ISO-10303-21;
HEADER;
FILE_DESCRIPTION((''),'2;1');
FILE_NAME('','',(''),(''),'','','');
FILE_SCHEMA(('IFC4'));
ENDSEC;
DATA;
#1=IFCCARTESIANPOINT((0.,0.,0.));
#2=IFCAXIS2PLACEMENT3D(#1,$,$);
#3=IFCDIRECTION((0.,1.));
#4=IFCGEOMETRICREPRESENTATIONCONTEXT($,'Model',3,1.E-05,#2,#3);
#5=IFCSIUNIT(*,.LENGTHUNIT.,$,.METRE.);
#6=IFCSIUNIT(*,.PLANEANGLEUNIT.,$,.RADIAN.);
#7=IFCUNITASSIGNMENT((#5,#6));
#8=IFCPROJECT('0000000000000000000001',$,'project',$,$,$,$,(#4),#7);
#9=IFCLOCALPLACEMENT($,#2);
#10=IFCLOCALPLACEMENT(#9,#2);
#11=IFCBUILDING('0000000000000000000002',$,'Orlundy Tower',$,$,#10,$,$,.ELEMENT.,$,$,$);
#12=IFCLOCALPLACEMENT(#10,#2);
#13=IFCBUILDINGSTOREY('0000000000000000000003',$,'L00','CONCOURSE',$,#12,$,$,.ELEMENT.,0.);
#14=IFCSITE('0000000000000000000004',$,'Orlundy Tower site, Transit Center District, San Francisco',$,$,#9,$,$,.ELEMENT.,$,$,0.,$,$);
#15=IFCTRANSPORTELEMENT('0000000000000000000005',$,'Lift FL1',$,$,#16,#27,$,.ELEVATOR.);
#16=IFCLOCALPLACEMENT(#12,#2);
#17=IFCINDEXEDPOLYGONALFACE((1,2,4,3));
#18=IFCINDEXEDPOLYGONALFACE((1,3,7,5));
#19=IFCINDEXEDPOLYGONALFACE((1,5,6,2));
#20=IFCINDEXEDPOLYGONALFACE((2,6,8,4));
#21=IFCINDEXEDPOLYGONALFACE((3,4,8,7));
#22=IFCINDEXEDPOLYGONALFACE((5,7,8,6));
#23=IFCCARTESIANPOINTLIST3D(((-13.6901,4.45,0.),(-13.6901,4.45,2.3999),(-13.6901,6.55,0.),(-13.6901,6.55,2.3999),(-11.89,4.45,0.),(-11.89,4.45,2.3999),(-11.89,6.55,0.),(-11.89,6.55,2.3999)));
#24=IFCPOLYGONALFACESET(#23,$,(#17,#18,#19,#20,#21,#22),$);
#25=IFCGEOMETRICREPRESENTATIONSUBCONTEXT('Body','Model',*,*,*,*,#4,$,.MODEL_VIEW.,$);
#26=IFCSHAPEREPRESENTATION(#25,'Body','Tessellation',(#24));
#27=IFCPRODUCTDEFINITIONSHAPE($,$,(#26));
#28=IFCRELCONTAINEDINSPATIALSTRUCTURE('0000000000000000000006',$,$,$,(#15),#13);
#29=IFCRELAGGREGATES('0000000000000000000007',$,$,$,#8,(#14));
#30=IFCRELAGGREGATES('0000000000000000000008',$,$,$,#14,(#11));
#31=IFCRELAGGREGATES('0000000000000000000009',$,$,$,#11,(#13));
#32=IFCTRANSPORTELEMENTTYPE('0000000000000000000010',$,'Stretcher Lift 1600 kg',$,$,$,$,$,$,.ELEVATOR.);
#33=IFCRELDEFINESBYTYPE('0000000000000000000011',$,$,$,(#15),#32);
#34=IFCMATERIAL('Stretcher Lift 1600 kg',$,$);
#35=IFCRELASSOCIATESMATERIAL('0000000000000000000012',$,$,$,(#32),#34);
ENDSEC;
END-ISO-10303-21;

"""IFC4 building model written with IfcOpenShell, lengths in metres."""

from ifc_helpers import new_model, si_unit, direction, frame, origin, origin_2d, place, context, subcontext, project, spatial, rectangle, extrude, material, type_object, element, save


model = new_model("IFC4")

# Units and contexts
model_context = context("Model", 3, precision=1e-05, world=origin(), true_north=direction((0.0, 1.0)))
body_context = subcontext(model_context, "Body", "Model", "MODEL_VIEW")
ifc_project = project(units=[si_unit("LENGTHUNIT", "METRE"), si_unit("PLANEANGLEUNIT", "RADIAN")], contexts=[model_context])

# Site, building, storey
site_placement = place(None, origin())
site = spatial("IfcSite", under=ifc_project, at=site_placement, Name="Orlundy Tower site, Transit Center District, San Francisco", CompositionType="ELEMENT", RefElevation=0.0)
building_placement = place(site_placement, origin())
building = spatial("IfcBuilding", under=site, at=building_placement, Name="Orlundy Tower", CompositionType="ELEMENT")
storey_placement = place(building_placement, origin())
storey = spatial("IfcBuildingStorey", under=building, at=storey_placement, Name="L00", Description="CONCOURSE", CompositionType="ELEMENT", Elevation=0.0)

# Transport element
ifc_material_1 = material(Name="Stretcher Lift 1600 kg")
transport_element_type_1 = type_object("IfcTransportElementType", Name="Stretcher Lift 1600 kg", PredefinedType="ELEVATOR", material=ifc_material_1)
transport_element_placement = place(storey_placement, frame((-12.79, 5.5, 0.0), z_axis=(0.0, 0.0, 1.0), x_axis=(1.0, 0.0, 0.0)))
element("IfcTransportElement", 1, at=transport_element_placement, inside=storey, type_object=transport_element_type_1, Name="Lift FL1", PredefinedType="ELEVATOR", context=body_context, shape_type="SweptSolid", body=[
    extrude(rectangle(XDim=1.8, YDim=2.1001, at=origin_2d()), origin(), (0.0, 0.0, 1.0), 2.3999),
])

save(model, "model.ifc")
